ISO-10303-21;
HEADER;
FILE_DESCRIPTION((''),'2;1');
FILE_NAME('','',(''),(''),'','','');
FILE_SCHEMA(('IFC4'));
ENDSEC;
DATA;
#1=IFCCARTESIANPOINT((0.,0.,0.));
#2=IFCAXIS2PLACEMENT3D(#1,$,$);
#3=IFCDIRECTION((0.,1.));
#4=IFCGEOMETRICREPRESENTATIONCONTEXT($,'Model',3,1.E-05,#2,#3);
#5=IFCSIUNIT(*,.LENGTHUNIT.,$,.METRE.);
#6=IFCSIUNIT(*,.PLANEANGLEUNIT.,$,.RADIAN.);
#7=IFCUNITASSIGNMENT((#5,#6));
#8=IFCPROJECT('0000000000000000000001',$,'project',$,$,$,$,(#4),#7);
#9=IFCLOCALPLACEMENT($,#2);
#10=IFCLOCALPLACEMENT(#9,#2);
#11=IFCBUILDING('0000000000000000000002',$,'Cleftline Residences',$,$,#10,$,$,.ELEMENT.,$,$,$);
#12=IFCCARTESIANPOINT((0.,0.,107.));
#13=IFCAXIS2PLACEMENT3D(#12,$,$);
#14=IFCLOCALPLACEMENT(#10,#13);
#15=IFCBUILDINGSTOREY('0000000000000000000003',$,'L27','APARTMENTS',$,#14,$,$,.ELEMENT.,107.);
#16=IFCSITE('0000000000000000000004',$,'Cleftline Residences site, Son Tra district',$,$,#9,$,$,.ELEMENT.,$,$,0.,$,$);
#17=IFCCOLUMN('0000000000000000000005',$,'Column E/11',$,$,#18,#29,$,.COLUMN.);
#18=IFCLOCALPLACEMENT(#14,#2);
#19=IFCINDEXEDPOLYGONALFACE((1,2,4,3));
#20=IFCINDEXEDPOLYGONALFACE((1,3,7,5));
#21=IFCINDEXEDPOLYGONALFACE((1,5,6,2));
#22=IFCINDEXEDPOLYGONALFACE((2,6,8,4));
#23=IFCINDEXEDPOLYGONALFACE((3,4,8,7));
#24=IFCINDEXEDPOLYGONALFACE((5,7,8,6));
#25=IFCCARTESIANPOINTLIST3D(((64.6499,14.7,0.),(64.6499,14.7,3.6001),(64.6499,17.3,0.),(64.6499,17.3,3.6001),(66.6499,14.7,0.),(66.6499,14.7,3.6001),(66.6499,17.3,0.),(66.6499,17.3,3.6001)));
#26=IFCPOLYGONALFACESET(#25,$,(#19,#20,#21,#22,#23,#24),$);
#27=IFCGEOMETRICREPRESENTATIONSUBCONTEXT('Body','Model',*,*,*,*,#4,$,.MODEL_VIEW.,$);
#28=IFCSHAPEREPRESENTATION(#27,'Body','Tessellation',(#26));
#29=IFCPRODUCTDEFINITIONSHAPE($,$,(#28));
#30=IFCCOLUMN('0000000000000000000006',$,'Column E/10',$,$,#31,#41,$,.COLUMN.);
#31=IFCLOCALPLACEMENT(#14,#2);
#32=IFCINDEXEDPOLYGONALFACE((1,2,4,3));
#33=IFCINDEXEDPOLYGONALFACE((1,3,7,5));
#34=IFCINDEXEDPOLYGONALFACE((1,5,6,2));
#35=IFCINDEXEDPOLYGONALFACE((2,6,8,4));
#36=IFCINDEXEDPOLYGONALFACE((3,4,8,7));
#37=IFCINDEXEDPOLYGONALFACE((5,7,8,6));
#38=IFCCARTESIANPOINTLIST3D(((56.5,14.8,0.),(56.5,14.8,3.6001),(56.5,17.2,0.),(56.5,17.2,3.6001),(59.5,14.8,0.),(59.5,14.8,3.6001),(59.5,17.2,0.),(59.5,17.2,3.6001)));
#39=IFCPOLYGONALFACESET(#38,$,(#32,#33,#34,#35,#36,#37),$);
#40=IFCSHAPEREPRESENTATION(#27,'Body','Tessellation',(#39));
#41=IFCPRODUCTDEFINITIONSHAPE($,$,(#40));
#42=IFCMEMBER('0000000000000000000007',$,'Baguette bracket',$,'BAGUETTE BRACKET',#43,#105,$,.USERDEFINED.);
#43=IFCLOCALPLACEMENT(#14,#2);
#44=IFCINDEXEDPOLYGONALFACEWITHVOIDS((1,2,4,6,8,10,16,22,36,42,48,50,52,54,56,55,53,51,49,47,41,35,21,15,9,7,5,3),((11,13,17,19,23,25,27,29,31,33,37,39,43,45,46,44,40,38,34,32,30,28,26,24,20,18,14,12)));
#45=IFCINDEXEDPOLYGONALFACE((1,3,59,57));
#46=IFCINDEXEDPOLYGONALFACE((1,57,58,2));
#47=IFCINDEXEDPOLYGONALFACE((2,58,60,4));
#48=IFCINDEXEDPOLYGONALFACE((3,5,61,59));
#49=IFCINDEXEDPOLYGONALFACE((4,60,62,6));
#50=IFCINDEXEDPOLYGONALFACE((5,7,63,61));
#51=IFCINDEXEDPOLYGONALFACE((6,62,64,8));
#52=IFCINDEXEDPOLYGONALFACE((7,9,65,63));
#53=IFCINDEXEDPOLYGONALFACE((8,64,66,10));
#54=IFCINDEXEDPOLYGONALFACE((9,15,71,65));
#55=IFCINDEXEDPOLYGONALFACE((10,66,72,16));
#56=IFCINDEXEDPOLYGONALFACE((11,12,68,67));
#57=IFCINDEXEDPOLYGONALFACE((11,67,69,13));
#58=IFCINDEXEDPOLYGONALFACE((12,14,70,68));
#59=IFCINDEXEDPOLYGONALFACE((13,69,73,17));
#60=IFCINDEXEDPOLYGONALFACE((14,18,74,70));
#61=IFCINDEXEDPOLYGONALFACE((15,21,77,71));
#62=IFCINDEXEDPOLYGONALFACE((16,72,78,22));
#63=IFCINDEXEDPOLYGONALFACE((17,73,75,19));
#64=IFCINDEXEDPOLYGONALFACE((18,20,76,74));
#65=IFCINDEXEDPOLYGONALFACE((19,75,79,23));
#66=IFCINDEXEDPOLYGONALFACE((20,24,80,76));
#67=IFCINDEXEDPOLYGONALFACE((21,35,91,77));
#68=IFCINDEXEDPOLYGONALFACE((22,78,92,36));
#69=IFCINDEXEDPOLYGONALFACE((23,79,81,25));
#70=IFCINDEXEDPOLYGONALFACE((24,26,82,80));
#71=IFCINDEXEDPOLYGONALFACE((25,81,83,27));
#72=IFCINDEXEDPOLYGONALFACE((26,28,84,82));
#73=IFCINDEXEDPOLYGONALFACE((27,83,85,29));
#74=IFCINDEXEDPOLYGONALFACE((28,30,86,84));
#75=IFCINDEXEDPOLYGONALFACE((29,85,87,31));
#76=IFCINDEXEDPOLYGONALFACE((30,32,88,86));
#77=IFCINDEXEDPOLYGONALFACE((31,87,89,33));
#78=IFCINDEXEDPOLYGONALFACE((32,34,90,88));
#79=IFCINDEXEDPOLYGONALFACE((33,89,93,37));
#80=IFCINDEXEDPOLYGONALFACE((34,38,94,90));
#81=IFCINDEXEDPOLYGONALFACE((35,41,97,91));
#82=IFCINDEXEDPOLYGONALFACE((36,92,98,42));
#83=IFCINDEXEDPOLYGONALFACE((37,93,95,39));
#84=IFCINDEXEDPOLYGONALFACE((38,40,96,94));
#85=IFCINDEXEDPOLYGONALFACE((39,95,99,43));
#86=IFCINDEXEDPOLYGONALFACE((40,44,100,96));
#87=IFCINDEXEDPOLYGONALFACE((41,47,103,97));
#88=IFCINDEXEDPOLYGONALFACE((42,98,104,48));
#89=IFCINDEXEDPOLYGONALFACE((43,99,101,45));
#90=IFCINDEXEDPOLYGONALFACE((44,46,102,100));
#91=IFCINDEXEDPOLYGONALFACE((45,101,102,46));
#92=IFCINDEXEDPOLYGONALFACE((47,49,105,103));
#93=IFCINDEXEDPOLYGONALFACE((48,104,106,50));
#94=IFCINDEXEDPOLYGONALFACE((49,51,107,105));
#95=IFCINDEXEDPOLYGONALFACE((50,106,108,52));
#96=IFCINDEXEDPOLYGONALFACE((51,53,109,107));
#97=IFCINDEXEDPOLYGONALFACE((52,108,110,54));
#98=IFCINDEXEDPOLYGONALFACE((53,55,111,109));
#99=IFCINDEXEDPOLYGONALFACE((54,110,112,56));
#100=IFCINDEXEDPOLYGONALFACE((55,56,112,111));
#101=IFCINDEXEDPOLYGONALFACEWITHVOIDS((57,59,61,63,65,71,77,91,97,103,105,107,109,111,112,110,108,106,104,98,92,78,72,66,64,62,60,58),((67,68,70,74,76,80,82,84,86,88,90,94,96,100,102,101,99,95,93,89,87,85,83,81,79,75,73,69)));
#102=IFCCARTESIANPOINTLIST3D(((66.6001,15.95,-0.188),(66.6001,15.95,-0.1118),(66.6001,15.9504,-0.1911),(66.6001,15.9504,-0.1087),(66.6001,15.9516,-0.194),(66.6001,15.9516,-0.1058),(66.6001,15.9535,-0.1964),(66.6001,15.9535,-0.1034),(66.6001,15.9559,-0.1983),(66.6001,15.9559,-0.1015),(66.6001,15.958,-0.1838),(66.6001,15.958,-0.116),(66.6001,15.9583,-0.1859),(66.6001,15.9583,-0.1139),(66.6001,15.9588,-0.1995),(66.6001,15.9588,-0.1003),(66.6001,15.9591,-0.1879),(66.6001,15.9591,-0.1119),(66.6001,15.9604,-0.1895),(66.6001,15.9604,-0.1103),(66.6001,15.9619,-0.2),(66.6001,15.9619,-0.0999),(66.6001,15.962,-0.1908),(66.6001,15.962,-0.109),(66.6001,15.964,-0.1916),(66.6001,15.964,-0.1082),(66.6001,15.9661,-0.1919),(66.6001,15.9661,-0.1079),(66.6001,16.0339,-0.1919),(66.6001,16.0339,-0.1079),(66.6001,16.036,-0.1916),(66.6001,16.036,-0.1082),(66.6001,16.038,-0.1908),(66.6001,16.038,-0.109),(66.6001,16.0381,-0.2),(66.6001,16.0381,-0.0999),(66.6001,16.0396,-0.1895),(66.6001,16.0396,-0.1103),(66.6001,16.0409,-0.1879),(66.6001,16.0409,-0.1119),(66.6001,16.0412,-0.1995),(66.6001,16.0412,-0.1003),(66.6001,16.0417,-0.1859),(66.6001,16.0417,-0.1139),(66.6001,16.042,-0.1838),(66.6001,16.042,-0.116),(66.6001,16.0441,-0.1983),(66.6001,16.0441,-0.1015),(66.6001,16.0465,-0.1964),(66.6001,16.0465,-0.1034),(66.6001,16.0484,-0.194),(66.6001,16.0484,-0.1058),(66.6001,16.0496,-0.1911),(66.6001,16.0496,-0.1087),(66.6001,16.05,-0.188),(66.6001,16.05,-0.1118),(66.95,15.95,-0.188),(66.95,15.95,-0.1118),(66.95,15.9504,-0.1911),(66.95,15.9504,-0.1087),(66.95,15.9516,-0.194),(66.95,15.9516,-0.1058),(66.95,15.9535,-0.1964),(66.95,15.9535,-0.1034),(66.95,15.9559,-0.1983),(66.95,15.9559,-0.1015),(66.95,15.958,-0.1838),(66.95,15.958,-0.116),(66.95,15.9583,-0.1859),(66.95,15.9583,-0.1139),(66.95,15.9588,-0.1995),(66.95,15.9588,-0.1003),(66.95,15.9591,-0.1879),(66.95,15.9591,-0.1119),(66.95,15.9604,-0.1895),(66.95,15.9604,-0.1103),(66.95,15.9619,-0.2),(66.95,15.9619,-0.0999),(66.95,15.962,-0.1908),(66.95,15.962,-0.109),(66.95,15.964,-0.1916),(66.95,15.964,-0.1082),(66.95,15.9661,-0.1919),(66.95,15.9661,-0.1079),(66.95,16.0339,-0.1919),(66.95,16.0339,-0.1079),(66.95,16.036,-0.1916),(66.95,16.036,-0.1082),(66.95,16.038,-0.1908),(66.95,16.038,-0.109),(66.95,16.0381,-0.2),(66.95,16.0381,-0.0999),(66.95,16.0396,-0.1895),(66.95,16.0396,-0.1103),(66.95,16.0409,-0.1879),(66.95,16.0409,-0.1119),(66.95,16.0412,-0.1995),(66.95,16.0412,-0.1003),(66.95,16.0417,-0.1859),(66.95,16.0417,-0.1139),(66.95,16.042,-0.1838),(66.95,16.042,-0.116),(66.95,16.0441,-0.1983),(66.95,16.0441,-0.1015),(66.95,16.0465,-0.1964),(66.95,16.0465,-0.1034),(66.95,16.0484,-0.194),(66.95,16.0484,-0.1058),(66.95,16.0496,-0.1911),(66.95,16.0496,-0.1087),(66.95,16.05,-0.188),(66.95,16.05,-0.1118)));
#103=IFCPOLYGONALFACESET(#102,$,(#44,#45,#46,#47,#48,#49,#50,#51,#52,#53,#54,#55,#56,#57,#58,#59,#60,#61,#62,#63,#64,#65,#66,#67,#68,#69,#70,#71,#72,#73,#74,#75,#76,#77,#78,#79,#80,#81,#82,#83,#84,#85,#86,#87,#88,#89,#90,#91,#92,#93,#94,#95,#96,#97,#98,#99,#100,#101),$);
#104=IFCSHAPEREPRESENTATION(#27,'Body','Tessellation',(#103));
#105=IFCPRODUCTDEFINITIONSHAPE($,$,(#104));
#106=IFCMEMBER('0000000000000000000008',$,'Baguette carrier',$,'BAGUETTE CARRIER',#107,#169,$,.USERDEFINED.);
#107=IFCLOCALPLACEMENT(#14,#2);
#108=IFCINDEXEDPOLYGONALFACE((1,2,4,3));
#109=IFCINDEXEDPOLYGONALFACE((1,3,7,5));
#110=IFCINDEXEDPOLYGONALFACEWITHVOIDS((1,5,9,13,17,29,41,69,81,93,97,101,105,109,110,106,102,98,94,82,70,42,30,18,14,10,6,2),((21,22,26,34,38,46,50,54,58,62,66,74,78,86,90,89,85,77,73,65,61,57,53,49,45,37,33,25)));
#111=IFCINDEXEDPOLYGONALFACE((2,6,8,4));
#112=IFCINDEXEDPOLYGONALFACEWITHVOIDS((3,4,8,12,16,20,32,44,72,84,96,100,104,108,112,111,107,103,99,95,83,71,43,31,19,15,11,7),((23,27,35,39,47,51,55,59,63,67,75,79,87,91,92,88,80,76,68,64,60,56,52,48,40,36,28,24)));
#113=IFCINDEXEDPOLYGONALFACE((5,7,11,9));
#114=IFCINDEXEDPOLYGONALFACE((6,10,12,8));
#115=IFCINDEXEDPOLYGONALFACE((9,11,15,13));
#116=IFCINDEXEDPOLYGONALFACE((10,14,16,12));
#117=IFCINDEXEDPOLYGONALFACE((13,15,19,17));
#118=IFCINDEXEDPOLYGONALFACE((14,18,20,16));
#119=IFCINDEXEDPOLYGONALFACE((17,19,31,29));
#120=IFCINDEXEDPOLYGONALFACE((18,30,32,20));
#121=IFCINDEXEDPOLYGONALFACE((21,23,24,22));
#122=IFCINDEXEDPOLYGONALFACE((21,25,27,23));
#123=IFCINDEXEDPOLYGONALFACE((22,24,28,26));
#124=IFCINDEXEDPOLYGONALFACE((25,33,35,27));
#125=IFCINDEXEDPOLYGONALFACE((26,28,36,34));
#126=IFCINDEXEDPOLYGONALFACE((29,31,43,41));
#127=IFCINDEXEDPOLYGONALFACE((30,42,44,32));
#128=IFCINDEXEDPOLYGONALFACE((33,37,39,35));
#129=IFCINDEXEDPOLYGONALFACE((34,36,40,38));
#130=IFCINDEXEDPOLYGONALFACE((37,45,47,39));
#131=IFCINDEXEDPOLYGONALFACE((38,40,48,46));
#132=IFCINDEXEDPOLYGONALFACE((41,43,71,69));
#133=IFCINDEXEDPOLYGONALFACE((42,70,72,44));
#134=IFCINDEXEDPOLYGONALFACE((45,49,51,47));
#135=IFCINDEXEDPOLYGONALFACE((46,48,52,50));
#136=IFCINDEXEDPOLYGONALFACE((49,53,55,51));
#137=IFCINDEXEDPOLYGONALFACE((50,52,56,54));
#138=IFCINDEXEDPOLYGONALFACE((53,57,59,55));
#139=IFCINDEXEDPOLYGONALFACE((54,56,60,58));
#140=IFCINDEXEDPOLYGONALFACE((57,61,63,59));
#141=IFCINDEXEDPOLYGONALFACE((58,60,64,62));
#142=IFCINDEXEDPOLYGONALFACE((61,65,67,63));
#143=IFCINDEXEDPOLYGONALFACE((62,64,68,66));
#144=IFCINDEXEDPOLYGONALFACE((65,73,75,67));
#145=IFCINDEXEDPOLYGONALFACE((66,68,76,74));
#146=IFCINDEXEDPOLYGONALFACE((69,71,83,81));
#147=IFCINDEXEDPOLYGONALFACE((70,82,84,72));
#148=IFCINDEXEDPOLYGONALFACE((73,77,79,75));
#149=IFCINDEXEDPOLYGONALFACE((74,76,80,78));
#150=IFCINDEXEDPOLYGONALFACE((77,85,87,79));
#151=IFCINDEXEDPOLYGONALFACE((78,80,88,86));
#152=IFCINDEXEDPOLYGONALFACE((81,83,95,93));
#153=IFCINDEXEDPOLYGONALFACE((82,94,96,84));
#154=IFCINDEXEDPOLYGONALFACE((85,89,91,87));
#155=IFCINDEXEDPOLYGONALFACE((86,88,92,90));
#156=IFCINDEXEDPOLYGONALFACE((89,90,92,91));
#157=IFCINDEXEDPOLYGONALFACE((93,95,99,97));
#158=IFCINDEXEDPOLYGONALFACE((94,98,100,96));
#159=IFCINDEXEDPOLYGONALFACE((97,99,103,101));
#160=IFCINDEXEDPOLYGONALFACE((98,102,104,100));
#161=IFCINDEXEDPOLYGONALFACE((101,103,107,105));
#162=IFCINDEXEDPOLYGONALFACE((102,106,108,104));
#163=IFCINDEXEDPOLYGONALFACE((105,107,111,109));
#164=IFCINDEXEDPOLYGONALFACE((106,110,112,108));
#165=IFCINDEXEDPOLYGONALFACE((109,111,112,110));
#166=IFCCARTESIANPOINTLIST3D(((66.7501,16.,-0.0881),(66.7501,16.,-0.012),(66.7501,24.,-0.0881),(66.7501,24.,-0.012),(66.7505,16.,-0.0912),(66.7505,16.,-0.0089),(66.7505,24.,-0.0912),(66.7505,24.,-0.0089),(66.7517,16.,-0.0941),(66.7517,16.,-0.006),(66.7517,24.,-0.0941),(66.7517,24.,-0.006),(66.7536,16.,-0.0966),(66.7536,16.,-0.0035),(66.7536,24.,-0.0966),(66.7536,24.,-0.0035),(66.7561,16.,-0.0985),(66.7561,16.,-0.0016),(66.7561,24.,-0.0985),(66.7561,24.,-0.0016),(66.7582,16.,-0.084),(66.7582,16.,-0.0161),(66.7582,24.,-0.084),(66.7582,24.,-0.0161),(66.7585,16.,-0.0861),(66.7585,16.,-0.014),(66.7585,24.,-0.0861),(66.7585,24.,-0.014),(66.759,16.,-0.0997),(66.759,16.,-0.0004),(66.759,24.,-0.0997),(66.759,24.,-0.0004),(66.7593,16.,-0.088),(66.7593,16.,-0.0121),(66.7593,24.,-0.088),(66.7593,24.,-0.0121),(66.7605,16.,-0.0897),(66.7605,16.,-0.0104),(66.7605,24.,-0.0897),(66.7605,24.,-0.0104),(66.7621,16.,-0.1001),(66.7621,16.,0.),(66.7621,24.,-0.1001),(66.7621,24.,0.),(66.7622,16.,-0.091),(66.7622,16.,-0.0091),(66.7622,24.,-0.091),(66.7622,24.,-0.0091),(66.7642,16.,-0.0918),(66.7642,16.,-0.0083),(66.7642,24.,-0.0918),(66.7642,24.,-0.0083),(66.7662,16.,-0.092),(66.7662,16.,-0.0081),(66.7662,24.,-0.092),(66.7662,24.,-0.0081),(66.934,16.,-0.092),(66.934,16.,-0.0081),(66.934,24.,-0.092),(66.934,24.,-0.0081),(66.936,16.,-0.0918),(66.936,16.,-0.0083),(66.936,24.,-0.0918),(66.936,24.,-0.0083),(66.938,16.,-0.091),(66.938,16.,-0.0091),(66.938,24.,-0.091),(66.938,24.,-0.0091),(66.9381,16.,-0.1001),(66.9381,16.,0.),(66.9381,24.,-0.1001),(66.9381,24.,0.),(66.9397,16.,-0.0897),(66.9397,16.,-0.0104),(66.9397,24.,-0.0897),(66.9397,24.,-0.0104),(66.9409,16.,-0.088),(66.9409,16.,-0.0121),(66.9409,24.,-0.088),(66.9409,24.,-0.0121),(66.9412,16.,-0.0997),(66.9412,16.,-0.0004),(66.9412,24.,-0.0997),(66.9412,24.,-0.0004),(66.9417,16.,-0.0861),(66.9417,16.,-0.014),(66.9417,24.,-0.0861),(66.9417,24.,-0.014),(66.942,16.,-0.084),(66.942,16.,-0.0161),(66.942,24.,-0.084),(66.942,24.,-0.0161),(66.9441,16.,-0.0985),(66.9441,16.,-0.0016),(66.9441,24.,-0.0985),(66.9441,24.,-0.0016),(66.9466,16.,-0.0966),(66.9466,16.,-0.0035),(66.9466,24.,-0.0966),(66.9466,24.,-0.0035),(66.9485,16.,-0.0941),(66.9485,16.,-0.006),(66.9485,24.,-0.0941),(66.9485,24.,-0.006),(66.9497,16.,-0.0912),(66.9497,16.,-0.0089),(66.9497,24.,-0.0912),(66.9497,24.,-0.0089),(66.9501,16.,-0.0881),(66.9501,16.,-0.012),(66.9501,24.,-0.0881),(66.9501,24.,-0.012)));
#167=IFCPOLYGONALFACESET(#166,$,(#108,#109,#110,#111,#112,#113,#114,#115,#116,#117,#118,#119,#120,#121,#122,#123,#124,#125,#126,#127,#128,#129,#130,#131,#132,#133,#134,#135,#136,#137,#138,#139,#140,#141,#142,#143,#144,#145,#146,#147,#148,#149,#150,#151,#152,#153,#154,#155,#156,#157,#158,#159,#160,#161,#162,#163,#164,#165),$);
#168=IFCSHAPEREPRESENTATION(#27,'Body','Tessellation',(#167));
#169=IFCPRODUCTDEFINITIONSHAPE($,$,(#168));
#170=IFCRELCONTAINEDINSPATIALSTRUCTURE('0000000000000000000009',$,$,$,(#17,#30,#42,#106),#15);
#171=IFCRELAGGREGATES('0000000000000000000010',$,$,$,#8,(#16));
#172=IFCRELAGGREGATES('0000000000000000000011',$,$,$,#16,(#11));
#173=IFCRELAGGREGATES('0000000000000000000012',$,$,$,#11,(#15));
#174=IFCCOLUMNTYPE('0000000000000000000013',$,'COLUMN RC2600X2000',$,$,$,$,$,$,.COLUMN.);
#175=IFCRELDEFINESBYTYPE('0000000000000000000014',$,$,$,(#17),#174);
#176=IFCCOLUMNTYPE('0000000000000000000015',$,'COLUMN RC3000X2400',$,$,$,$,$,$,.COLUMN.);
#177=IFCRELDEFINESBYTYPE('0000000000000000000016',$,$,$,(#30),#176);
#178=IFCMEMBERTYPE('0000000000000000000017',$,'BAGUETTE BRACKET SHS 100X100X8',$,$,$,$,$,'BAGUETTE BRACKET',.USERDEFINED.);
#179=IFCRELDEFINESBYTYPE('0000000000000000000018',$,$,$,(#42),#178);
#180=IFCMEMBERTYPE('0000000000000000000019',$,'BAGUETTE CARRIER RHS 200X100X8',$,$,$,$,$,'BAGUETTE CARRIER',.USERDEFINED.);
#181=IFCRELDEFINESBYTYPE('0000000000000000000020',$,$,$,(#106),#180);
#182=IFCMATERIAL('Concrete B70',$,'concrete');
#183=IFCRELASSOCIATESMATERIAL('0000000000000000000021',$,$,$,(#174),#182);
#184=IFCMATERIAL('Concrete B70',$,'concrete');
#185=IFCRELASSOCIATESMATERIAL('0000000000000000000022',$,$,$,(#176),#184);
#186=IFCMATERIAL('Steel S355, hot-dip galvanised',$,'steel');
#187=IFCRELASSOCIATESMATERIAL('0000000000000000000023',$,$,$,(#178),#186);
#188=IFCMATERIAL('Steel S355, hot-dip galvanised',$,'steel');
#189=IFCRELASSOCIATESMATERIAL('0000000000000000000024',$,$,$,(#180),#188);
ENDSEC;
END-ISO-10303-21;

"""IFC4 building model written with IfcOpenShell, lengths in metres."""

from ifc_helpers import new_model, si_unit, direction, frame, origin, origin_2d, place, context, subcontext, project, spatial, rectangle, hollow_rectangle, extrude, material, material_profile, profile_set, type_object, element, save


model = new_model("IFC4")

# Units and contexts
model_context = context("Model", 3, precision=1e-05, world=origin(), true_north=direction((0.0, 1.0)))
body_context = subcontext(model_context, "Body", "Model", "MODEL_VIEW")
ifc_project = project(units=[si_unit("LENGTHUNIT", "METRE"), si_unit("PLANEANGLEUNIT", "RADIAN")], contexts=[model_context])

# Site, building, storey
site_placement = place(None, origin())
site = spatial("IfcSite", under=ifc_project, at=site_placement, Name="Cleftline Residences site, Son Tra district", CompositionType="ELEMENT", RefElevation=0.0)
building_placement = place(site_placement, origin())
building = spatial("IfcBuilding", under=site, at=building_placement, Name="Cleftline Residences", CompositionType="ELEMENT")
storey_placement = place(building_placement, frame((0.0, 0.0, 107.0)))
storey = spatial("IfcBuildingStorey", under=building, at=storey_placement, Name="L27", Description="APARTMENTS", CompositionType="ELEMENT", Elevation=107.0)

# Columns
ifc_material_1 = material(Name="Concrete B70", Category="concrete")
ifc_material_profile_1 = material_profile(ifc_material_1, rectangle(XDim=2.6001, YDim=2.0, at=origin_2d()))
ifc_profile_set_1 = profile_set([ifc_material_profile_1], Name="Concrete B70")
column_type_1 = type_object("IfcColumnType", Name="COLUMN RC2600X2000", PredefinedType="COLUMN", material=ifc_profile_set_1)
column_1_placement = place(storey_placement, frame((65.6499, 16.0, 0.0), z_axis=(0.0, 0.0, 1.0), x_axis=(0.0, 1.0, 0.0)))
element("IfcColumn", 1, at=column_1_placement, inside=storey, type_object=column_type_1, Name="Column E/11", PredefinedType="COLUMN", context=body_context, shape_type="SweptSolid", body=[
    extrude(rectangle(XDim=2.6001, YDim=2.0, at=origin_2d()), origin(), (0.0, 0.0, 1.0), 3.6001),
])
ifc_material_2 = material(Name="Concrete B70", Category="concrete")
ifc_material_profile_2 = material_profile(ifc_material_2, rectangle(XDim=3.0, YDim=2.3999, at=origin_2d()))
ifc_profile_set_2 = profile_set([ifc_material_profile_2], Name="Concrete B70")
column_type_2 = type_object("IfcColumnType", Name="COLUMN RC3000X2400", PredefinedType="COLUMN", material=ifc_profile_set_2)
column_2_placement = place(storey_placement, frame((58.0, 16.0, 0.0), z_axis=(0.0, 0.0, 1.0), x_axis=(1.0, 0.0, 0.0)))
element("IfcColumn", 2, at=column_2_placement, inside=storey, type_object=column_type_2, Name="Column E/10", PredefinedType="COLUMN", context=body_context, shape_type="SweptSolid", body=[
    extrude(rectangle(XDim=3.0, YDim=2.3999, at=origin_2d()), origin(), (0.0, 0.0, 1.0), 3.6001),
])

# Members
ifc_material_3 = material(Name="Steel S355, hot-dip galvanised", Category="steel")
ifc_material_profile_3 = material_profile(ifc_material_3, hollow_rectangle(XDim=0.1001, YDim=0.1001, WallThickness=0.0081, InnerFilletRadius=0.0081, OuterFilletRadius=0.012, at=origin_2d()))
ifc_profile_set_3 = profile_set([ifc_material_profile_3], Name="Steel S355, hot-dip galvanised")
member_type_1 = type_object("IfcMemberType", Name="BAGUETTE BRACKET SHS 100X100X8", ElementType="BAGUETTE BRACKET", PredefinedType="USERDEFINED", material=ifc_profile_set_3)
member_1_placement = place(storey_placement, frame((66.6001, 16.0, -0.1499), z_axis=(1.0, 0.0, 0.0), x_axis=(0.0, 1.0, 0.0)))
element("IfcMember", 3, at=member_1_placement, inside=storey, type_object=member_type_1, Name="Baguette bracket", ObjectType="BAGUETTE BRACKET", PredefinedType="USERDEFINED", context=body_context, shape_type="SweptSolid", body=[
    extrude(hollow_rectangle(XDim=0.1001, YDim=0.1001, WallThickness=0.0081, InnerFilletRadius=0.0081, OuterFilletRadius=0.012, at=origin_2d()), origin(), (0.0, 0.0, 1.0), 0.3499),
])
ifc_material_4 = material(Name="Steel S355, hot-dip galvanised", Category="steel")
ifc_material_profile_4 = material_profile(ifc_material_4, hollow_rectangle(XDim=0.1001, YDim=0.2, WallThickness=0.0081, InnerFilletRadius=0.0081, OuterFilletRadius=0.012, at=origin_2d()))
ifc_profile_set_4 = profile_set([ifc_material_profile_4], Name="Steel S355, hot-dip galvanised")
member_type_2 = type_object("IfcMemberType", Name="BAGUETTE CARRIER RHS 200X100X8", ElementType="BAGUETTE CARRIER", PredefinedType="USERDEFINED", material=ifc_profile_set_4)
member_2_placement = place(storey_placement, frame((66.8501, 16.0, -0.05), z_axis=(0.0, 1.0, 0.0), x_axis=(0.0, 0.0, 1.0)))
element("IfcMember", 4, at=member_2_placement, inside=storey, type_object=member_type_2, Name="Baguette carrier", ObjectType="BAGUETTE CARRIER", PredefinedType="USERDEFINED", context=body_context, shape_type="SweptSolid", body=[
    extrude(hollow_rectangle(XDim=0.1001, YDim=0.2, WallThickness=0.0081, InnerFilletRadius=0.0081, OuterFilletRadius=0.012, at=origin_2d()), origin(), (0.0, 0.0, 1.0), 8.0),
])

save(model, "model.ifc")
